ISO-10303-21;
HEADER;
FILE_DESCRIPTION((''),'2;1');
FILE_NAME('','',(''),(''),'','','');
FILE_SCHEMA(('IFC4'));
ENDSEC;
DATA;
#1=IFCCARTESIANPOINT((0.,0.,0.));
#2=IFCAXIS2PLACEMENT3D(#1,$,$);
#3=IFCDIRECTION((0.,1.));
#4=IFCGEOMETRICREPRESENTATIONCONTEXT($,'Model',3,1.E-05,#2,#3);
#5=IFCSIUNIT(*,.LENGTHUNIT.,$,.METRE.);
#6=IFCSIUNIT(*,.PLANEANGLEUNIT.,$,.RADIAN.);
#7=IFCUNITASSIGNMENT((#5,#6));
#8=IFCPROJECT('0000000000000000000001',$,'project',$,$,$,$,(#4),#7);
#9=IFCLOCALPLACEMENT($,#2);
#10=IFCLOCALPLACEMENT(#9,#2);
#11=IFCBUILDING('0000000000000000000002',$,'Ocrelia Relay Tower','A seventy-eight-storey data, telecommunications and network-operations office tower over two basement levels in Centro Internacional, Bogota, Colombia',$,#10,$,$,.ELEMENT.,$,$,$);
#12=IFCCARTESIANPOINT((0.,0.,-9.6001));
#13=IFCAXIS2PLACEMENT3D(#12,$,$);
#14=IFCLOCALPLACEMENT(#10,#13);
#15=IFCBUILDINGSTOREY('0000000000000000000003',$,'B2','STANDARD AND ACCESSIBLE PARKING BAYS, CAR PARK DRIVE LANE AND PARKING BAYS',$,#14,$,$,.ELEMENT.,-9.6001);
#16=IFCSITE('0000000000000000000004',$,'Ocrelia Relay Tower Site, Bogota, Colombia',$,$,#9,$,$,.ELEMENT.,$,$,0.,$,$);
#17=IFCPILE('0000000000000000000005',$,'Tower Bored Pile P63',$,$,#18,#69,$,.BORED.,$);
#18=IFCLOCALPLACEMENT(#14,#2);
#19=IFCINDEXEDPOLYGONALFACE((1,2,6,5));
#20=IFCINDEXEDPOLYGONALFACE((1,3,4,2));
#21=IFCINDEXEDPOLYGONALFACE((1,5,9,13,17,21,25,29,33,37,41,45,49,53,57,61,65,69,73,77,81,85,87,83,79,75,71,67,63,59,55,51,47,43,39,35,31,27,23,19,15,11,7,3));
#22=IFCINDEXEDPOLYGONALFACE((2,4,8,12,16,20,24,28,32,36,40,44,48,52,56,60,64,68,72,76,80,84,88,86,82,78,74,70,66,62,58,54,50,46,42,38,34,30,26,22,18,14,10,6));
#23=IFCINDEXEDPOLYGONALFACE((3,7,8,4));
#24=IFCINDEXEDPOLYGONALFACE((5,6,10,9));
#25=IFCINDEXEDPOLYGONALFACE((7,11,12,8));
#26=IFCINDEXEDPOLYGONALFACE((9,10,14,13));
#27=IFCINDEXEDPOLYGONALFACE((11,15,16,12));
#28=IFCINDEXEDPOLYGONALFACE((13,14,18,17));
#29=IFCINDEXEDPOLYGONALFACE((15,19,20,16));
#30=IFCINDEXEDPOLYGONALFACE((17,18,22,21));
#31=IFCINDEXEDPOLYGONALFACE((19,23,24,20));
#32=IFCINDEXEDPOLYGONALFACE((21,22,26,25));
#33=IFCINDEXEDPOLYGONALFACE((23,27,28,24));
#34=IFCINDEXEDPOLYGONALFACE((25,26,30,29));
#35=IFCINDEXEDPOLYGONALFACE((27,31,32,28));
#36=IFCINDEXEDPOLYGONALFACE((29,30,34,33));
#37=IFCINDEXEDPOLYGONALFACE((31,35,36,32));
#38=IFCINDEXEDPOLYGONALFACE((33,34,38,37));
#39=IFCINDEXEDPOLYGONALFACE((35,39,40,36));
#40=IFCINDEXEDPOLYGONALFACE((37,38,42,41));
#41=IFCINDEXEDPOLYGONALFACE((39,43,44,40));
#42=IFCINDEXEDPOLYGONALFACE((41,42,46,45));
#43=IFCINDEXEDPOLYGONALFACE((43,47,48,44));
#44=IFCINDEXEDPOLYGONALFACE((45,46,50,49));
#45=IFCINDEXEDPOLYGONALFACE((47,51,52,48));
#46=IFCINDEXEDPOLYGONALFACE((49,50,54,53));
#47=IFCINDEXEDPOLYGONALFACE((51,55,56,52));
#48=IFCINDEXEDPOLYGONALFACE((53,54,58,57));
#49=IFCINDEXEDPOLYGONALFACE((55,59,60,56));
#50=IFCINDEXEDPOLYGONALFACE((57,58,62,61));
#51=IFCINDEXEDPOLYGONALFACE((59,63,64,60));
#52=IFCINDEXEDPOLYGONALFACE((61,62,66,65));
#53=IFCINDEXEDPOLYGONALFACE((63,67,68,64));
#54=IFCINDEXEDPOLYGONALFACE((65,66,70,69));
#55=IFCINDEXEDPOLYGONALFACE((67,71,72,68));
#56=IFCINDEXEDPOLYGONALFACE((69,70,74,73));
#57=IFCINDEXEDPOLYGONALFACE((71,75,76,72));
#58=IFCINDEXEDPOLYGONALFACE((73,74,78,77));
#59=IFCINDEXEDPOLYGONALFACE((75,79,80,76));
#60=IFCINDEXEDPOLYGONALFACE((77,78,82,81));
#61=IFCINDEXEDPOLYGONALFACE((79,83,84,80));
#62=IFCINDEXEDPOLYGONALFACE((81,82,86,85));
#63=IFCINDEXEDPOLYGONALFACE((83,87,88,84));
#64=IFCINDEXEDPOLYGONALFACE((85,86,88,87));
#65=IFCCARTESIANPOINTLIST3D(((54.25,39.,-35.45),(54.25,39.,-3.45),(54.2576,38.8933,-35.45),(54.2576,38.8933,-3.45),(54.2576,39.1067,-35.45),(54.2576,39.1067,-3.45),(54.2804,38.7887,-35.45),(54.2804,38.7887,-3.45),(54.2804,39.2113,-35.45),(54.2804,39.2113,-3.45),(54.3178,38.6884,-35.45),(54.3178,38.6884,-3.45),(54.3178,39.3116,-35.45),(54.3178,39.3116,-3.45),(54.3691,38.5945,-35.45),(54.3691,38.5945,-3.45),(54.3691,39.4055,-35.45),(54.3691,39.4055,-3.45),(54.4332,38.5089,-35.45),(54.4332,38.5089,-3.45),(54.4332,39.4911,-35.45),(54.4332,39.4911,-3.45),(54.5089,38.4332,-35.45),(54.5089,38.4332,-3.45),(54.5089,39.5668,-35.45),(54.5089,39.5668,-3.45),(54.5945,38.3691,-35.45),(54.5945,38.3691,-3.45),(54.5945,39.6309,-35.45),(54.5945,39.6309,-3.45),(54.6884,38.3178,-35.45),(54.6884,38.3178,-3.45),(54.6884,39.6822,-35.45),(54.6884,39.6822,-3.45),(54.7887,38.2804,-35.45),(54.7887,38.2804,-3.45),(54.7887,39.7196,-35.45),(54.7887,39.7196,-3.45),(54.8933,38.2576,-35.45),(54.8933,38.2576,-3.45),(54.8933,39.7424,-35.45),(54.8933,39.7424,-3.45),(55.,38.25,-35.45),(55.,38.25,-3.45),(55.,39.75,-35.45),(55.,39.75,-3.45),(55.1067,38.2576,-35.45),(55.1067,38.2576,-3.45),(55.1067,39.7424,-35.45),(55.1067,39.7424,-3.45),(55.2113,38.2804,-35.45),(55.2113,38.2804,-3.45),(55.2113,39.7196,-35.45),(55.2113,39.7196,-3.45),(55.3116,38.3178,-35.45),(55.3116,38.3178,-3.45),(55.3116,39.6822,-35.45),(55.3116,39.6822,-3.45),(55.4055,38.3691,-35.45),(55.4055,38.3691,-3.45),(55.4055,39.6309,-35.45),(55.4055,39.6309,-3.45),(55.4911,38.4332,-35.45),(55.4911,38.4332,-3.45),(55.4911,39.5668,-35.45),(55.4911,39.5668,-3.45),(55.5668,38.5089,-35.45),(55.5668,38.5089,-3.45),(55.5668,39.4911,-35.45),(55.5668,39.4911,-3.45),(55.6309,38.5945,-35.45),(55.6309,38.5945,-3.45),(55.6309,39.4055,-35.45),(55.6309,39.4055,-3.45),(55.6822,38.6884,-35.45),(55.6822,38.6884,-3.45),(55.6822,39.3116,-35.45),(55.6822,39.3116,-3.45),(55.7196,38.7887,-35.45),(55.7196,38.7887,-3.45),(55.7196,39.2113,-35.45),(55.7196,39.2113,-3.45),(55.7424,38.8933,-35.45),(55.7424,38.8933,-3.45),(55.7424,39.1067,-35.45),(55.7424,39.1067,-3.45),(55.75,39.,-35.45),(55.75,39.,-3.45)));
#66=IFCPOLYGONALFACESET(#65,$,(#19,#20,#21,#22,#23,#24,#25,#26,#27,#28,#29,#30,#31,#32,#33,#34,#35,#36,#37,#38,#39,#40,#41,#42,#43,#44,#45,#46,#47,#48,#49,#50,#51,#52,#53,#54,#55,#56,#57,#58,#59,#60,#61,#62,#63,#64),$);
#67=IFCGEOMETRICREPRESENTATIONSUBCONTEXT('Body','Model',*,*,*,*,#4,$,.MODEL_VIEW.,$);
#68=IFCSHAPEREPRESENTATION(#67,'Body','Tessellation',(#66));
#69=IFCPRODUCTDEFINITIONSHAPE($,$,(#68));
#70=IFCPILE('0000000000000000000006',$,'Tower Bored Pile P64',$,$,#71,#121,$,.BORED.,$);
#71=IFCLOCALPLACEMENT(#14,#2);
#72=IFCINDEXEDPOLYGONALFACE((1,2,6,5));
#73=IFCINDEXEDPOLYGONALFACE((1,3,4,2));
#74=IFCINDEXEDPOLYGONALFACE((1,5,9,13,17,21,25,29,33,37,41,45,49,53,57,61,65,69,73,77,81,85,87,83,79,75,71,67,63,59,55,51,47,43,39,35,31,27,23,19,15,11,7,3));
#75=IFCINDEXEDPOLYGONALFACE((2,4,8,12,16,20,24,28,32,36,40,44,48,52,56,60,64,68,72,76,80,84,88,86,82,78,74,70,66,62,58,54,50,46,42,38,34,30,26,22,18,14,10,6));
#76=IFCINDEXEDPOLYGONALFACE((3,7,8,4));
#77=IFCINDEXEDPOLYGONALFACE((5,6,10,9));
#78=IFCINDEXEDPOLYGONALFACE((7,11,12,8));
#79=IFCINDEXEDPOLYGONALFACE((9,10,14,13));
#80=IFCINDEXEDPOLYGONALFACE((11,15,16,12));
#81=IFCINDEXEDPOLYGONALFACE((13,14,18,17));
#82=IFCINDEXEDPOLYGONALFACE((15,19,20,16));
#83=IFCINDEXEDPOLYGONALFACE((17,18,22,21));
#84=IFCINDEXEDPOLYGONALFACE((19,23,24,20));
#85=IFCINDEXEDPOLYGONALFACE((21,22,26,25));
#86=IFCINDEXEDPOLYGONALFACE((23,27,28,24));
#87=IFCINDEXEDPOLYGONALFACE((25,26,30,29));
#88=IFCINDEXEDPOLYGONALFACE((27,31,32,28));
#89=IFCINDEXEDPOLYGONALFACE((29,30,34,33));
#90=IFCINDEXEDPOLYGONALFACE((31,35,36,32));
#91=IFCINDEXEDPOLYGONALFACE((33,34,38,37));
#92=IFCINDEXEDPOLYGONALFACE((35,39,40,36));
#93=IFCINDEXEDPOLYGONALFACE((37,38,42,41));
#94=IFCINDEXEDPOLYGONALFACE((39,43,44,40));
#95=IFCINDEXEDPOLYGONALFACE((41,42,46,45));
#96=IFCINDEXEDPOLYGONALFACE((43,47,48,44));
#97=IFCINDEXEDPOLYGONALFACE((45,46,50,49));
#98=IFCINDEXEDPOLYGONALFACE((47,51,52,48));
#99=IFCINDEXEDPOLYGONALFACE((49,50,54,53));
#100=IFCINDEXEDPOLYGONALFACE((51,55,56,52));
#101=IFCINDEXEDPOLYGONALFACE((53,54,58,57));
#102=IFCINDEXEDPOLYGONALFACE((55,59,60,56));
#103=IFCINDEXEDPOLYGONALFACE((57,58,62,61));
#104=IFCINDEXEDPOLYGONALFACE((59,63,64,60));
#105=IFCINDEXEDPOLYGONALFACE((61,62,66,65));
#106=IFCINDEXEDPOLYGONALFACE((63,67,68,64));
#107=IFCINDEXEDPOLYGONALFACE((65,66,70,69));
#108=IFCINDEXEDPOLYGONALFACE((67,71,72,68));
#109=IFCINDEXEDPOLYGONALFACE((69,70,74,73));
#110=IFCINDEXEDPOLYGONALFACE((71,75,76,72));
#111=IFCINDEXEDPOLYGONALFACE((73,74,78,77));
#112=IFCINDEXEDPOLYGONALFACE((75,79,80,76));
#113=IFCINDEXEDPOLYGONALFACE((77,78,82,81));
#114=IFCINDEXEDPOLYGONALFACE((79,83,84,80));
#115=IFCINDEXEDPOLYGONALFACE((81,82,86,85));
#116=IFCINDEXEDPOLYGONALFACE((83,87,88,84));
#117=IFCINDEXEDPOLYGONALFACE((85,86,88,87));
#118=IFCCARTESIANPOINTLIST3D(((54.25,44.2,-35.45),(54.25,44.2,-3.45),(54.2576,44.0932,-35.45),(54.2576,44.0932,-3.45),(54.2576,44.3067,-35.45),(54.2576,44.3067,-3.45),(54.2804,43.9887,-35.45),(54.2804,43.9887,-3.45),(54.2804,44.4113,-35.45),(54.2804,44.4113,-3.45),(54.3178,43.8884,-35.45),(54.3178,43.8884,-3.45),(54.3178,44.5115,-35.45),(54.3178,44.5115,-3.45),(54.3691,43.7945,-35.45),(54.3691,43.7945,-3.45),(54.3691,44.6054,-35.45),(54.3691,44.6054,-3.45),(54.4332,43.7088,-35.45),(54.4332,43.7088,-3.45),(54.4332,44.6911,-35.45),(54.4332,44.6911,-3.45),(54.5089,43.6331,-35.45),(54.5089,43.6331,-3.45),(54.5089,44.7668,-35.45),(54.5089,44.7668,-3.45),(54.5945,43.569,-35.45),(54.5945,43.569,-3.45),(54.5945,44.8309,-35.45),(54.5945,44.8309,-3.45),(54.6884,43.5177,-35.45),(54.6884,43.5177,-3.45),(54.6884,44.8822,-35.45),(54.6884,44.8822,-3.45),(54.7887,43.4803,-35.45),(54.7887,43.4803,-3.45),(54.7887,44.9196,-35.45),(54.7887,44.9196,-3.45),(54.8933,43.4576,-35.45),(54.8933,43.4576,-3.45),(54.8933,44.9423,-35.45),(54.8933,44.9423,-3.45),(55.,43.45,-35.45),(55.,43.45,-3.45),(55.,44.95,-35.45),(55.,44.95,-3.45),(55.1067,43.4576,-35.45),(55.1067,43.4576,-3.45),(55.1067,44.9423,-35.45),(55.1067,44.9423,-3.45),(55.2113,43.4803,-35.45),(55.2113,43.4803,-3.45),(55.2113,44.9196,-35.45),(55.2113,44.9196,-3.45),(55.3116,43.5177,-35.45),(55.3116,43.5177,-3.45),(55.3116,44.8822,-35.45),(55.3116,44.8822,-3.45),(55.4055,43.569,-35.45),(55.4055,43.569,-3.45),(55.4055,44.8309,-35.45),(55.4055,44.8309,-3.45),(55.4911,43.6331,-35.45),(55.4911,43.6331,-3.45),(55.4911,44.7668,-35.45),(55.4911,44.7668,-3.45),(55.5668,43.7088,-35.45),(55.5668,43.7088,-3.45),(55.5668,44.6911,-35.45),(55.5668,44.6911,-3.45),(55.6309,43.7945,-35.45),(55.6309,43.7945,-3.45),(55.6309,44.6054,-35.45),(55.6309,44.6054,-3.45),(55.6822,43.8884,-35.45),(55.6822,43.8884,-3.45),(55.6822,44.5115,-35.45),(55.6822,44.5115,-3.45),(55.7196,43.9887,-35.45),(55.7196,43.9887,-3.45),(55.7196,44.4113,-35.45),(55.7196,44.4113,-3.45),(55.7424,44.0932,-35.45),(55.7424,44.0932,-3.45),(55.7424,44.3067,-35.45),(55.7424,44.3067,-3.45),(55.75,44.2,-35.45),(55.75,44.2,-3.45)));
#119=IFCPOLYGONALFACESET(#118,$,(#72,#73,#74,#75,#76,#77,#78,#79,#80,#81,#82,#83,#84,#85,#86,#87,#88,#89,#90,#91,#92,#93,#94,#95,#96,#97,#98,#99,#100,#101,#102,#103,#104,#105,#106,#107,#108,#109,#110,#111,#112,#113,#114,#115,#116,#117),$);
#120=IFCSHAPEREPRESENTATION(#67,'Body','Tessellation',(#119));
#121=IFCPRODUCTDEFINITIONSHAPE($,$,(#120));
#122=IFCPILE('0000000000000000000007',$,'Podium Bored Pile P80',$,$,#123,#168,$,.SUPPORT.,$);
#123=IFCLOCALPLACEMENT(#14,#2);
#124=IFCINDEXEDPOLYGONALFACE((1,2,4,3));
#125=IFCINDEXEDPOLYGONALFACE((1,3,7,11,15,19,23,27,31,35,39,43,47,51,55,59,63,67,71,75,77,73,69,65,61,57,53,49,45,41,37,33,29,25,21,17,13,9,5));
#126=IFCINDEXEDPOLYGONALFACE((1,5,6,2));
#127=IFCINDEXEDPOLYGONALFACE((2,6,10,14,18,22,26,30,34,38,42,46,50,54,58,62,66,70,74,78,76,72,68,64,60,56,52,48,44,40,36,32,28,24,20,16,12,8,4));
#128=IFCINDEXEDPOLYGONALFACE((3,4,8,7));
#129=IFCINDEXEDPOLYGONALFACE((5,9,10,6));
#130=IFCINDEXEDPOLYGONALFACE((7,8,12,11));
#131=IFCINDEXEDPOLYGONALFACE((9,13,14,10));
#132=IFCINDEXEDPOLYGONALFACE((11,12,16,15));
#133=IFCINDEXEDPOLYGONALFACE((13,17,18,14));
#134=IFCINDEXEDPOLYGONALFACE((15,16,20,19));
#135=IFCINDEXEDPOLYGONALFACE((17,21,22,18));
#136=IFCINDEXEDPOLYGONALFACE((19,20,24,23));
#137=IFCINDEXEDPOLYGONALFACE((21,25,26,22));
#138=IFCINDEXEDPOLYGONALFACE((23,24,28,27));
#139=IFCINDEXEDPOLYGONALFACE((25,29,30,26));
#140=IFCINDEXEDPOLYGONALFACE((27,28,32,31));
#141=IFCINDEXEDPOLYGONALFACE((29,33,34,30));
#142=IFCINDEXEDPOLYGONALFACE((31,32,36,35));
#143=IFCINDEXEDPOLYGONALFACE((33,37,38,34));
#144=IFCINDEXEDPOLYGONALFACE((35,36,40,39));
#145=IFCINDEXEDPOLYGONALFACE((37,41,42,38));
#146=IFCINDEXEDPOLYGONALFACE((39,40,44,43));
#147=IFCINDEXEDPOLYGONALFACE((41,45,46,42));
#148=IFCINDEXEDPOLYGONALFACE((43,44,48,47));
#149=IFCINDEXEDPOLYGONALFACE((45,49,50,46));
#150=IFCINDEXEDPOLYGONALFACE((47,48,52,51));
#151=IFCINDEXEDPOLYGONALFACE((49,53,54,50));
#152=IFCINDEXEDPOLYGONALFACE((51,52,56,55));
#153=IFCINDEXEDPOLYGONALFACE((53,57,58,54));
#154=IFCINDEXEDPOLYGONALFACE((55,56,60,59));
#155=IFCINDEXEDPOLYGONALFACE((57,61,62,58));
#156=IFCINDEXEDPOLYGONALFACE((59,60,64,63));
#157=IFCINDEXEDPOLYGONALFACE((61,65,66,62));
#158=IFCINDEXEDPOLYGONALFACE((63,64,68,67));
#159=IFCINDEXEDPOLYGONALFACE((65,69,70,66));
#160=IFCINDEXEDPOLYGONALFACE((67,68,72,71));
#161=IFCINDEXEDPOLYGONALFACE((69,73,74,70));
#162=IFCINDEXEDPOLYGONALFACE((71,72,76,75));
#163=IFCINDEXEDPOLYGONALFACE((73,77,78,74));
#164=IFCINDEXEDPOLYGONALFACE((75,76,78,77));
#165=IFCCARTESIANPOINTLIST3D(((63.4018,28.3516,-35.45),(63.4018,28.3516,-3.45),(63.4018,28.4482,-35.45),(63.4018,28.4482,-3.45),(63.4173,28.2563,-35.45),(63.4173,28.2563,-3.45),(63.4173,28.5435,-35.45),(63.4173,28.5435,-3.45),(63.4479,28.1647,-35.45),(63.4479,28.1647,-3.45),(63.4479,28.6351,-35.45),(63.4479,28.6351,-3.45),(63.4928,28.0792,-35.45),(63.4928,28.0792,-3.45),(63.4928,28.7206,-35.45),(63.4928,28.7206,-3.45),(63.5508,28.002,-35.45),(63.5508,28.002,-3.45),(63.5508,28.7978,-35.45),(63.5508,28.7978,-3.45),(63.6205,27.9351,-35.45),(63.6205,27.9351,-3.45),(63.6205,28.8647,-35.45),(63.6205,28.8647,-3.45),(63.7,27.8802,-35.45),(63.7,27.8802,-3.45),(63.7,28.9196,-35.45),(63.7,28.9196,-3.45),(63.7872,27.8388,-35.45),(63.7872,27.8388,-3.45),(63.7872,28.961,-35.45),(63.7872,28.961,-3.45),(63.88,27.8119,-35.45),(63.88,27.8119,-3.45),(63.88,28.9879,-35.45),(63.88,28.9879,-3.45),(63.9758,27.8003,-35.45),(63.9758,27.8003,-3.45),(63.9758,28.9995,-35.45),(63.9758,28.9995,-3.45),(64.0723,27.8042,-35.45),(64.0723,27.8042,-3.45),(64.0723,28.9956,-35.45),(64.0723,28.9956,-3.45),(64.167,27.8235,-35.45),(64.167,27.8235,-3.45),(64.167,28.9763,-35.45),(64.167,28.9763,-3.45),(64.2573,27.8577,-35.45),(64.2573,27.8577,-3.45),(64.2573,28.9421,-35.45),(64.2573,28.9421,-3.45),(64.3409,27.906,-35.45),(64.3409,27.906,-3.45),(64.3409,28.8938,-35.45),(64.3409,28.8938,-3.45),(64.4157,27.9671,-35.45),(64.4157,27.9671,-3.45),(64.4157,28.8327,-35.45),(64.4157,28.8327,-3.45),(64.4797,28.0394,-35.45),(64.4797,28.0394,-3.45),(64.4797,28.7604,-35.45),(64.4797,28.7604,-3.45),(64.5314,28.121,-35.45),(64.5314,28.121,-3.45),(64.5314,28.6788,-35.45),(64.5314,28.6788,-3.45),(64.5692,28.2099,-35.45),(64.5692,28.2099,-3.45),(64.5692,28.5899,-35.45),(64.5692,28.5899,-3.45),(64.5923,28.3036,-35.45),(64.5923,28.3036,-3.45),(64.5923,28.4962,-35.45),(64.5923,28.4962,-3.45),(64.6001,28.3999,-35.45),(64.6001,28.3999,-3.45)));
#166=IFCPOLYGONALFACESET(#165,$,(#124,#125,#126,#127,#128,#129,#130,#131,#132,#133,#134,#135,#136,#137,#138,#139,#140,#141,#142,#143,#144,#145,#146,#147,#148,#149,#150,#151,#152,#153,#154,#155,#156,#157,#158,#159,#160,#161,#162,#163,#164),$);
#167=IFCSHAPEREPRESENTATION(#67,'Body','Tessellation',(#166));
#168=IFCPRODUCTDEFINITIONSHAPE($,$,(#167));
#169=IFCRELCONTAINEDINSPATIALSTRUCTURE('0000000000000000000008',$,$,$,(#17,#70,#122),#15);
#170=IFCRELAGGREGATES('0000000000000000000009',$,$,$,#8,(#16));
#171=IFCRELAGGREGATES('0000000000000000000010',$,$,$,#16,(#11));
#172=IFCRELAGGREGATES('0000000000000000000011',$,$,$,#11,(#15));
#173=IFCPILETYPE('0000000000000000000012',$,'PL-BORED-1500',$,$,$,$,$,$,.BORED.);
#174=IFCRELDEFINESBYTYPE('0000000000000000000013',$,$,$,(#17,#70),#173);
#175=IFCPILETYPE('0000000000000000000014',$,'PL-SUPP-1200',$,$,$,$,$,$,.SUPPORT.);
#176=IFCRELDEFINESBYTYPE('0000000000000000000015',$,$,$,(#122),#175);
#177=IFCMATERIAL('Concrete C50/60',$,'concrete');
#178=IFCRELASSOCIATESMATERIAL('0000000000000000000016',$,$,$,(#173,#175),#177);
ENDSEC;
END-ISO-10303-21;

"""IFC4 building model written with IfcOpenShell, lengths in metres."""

from ifc_helpers import new_model, si_unit, direction, frame, origin, origin_2d, place, context, subcontext, project, spatial, circle, extrude, material, material_profile, profile_set, type_object, element, save


model = new_model("IFC4")

# Units and contexts
model_context = context("Model", 3, precision=1e-05, world=origin(), true_north=direction((0.0, 1.0)))
body_context = subcontext(model_context, "Body", "Model", "MODEL_VIEW")
ifc_project = project(units=[si_unit("LENGTHUNIT", "METRE"), si_unit("PLANEANGLEUNIT", "RADIAN")], contexts=[model_context])

# Site, building, storey
site_placement = place(None, origin())
site = spatial("IfcSite", under=ifc_project, at=site_placement, Name="Ocrelia Relay Tower Site, Bogota, Colombia", CompositionType="ELEMENT", RefElevation=0.0)
building_placement = place(site_placement, origin())
building = spatial("IfcBuilding", under=site, at=building_placement, Name="Ocrelia Relay Tower", Description="A seventy-eight-storey data, telecommunications and network-operations office tower over two basement levels in Centro Internacional, Bogota, Colombia", CompositionType="ELEMENT")
storey_placement = place(building_placement, frame((0.0, 0.0, -9.6001)))
storey = spatial("IfcBuildingStorey", under=building, at=storey_placement, Name="B2", Description="STANDARD AND ACCESSIBLE PARKING BAYS, CAR PARK DRIVE LANE AND PARKING BAYS", CompositionType="ELEMENT", Elevation=-9.6001)

# Piles
ifc_material_1 = material(Name="Concrete C50/60", Category="concrete")
ifc_material_profile_1 = material_profile(ifc_material_1, circle(Radius=0.75, at=origin_2d()), Name="PILE-1500")
ifc_profile_set_1 = profile_set([ifc_material_profile_1], Name="Concrete C50/60")
pile_type_1 = type_object("IfcPileType", Name="PL-BORED-1500", PredefinedType="BORED", material=ifc_profile_set_1)
for number, where, z_axis, x_axis, name in (
    (1, (55.0, 39.0, -3.45), (0.0, 0.0, -1.0), (1.0, 0.0, 0.0), "Tower Bored Pile P63"),
    (2, (55.0, 44.2, -3.45), (0.0, 0.0, -1.0), (1.0, 0.0, 0.0), "Tower Bored Pile P64"),
):
    element("IfcPile", number, at=place(storey_placement, frame(where, z_axis=z_axis, x_axis=x_axis)), inside=storey, type_object=pile_type_1, Name=name, PredefinedType="BORED", context=body_context, shape_type="SweptSolid", body=[
        extrude(circle(Radius=0.75, at=origin_2d()), origin(), (0.0, 0.0, 1.0), 32.0),
    ])
ifc_material_profile_2 = material_profile(ifc_material_1, circle(Radius=0.6001, at=origin_2d()), Name="PILE-1200")
ifc_profile_set_2 = profile_set([ifc_material_profile_2], Name="Concrete C50/60")
pile_type_2 = type_object("IfcPileType", Name="PL-SUPP-1200", PredefinedType="SUPPORT", material=ifc_profile_set_2)
for number, where, z_axis, x_axis, name in (
    (3, (64.0, 28.3999, -3.45), (0.0, 0.0, -1.0), (1.0, 0.0, 0.0), "Podium Bored Pile P80"),
):
    element("IfcPile", number, at=place(storey_placement, frame(where, z_axis=z_axis, x_axis=x_axis)), inside=storey, type_object=pile_type_2, Name=name, PredefinedType="SUPPORT", context=body_context, shape_type="SweptSolid", body=[
        extrude(circle(Radius=0.6001, at=origin_2d()), origin(), (0.0, 0.0, 1.0), 32.0),
    ])

save(model, "model.ifc")
